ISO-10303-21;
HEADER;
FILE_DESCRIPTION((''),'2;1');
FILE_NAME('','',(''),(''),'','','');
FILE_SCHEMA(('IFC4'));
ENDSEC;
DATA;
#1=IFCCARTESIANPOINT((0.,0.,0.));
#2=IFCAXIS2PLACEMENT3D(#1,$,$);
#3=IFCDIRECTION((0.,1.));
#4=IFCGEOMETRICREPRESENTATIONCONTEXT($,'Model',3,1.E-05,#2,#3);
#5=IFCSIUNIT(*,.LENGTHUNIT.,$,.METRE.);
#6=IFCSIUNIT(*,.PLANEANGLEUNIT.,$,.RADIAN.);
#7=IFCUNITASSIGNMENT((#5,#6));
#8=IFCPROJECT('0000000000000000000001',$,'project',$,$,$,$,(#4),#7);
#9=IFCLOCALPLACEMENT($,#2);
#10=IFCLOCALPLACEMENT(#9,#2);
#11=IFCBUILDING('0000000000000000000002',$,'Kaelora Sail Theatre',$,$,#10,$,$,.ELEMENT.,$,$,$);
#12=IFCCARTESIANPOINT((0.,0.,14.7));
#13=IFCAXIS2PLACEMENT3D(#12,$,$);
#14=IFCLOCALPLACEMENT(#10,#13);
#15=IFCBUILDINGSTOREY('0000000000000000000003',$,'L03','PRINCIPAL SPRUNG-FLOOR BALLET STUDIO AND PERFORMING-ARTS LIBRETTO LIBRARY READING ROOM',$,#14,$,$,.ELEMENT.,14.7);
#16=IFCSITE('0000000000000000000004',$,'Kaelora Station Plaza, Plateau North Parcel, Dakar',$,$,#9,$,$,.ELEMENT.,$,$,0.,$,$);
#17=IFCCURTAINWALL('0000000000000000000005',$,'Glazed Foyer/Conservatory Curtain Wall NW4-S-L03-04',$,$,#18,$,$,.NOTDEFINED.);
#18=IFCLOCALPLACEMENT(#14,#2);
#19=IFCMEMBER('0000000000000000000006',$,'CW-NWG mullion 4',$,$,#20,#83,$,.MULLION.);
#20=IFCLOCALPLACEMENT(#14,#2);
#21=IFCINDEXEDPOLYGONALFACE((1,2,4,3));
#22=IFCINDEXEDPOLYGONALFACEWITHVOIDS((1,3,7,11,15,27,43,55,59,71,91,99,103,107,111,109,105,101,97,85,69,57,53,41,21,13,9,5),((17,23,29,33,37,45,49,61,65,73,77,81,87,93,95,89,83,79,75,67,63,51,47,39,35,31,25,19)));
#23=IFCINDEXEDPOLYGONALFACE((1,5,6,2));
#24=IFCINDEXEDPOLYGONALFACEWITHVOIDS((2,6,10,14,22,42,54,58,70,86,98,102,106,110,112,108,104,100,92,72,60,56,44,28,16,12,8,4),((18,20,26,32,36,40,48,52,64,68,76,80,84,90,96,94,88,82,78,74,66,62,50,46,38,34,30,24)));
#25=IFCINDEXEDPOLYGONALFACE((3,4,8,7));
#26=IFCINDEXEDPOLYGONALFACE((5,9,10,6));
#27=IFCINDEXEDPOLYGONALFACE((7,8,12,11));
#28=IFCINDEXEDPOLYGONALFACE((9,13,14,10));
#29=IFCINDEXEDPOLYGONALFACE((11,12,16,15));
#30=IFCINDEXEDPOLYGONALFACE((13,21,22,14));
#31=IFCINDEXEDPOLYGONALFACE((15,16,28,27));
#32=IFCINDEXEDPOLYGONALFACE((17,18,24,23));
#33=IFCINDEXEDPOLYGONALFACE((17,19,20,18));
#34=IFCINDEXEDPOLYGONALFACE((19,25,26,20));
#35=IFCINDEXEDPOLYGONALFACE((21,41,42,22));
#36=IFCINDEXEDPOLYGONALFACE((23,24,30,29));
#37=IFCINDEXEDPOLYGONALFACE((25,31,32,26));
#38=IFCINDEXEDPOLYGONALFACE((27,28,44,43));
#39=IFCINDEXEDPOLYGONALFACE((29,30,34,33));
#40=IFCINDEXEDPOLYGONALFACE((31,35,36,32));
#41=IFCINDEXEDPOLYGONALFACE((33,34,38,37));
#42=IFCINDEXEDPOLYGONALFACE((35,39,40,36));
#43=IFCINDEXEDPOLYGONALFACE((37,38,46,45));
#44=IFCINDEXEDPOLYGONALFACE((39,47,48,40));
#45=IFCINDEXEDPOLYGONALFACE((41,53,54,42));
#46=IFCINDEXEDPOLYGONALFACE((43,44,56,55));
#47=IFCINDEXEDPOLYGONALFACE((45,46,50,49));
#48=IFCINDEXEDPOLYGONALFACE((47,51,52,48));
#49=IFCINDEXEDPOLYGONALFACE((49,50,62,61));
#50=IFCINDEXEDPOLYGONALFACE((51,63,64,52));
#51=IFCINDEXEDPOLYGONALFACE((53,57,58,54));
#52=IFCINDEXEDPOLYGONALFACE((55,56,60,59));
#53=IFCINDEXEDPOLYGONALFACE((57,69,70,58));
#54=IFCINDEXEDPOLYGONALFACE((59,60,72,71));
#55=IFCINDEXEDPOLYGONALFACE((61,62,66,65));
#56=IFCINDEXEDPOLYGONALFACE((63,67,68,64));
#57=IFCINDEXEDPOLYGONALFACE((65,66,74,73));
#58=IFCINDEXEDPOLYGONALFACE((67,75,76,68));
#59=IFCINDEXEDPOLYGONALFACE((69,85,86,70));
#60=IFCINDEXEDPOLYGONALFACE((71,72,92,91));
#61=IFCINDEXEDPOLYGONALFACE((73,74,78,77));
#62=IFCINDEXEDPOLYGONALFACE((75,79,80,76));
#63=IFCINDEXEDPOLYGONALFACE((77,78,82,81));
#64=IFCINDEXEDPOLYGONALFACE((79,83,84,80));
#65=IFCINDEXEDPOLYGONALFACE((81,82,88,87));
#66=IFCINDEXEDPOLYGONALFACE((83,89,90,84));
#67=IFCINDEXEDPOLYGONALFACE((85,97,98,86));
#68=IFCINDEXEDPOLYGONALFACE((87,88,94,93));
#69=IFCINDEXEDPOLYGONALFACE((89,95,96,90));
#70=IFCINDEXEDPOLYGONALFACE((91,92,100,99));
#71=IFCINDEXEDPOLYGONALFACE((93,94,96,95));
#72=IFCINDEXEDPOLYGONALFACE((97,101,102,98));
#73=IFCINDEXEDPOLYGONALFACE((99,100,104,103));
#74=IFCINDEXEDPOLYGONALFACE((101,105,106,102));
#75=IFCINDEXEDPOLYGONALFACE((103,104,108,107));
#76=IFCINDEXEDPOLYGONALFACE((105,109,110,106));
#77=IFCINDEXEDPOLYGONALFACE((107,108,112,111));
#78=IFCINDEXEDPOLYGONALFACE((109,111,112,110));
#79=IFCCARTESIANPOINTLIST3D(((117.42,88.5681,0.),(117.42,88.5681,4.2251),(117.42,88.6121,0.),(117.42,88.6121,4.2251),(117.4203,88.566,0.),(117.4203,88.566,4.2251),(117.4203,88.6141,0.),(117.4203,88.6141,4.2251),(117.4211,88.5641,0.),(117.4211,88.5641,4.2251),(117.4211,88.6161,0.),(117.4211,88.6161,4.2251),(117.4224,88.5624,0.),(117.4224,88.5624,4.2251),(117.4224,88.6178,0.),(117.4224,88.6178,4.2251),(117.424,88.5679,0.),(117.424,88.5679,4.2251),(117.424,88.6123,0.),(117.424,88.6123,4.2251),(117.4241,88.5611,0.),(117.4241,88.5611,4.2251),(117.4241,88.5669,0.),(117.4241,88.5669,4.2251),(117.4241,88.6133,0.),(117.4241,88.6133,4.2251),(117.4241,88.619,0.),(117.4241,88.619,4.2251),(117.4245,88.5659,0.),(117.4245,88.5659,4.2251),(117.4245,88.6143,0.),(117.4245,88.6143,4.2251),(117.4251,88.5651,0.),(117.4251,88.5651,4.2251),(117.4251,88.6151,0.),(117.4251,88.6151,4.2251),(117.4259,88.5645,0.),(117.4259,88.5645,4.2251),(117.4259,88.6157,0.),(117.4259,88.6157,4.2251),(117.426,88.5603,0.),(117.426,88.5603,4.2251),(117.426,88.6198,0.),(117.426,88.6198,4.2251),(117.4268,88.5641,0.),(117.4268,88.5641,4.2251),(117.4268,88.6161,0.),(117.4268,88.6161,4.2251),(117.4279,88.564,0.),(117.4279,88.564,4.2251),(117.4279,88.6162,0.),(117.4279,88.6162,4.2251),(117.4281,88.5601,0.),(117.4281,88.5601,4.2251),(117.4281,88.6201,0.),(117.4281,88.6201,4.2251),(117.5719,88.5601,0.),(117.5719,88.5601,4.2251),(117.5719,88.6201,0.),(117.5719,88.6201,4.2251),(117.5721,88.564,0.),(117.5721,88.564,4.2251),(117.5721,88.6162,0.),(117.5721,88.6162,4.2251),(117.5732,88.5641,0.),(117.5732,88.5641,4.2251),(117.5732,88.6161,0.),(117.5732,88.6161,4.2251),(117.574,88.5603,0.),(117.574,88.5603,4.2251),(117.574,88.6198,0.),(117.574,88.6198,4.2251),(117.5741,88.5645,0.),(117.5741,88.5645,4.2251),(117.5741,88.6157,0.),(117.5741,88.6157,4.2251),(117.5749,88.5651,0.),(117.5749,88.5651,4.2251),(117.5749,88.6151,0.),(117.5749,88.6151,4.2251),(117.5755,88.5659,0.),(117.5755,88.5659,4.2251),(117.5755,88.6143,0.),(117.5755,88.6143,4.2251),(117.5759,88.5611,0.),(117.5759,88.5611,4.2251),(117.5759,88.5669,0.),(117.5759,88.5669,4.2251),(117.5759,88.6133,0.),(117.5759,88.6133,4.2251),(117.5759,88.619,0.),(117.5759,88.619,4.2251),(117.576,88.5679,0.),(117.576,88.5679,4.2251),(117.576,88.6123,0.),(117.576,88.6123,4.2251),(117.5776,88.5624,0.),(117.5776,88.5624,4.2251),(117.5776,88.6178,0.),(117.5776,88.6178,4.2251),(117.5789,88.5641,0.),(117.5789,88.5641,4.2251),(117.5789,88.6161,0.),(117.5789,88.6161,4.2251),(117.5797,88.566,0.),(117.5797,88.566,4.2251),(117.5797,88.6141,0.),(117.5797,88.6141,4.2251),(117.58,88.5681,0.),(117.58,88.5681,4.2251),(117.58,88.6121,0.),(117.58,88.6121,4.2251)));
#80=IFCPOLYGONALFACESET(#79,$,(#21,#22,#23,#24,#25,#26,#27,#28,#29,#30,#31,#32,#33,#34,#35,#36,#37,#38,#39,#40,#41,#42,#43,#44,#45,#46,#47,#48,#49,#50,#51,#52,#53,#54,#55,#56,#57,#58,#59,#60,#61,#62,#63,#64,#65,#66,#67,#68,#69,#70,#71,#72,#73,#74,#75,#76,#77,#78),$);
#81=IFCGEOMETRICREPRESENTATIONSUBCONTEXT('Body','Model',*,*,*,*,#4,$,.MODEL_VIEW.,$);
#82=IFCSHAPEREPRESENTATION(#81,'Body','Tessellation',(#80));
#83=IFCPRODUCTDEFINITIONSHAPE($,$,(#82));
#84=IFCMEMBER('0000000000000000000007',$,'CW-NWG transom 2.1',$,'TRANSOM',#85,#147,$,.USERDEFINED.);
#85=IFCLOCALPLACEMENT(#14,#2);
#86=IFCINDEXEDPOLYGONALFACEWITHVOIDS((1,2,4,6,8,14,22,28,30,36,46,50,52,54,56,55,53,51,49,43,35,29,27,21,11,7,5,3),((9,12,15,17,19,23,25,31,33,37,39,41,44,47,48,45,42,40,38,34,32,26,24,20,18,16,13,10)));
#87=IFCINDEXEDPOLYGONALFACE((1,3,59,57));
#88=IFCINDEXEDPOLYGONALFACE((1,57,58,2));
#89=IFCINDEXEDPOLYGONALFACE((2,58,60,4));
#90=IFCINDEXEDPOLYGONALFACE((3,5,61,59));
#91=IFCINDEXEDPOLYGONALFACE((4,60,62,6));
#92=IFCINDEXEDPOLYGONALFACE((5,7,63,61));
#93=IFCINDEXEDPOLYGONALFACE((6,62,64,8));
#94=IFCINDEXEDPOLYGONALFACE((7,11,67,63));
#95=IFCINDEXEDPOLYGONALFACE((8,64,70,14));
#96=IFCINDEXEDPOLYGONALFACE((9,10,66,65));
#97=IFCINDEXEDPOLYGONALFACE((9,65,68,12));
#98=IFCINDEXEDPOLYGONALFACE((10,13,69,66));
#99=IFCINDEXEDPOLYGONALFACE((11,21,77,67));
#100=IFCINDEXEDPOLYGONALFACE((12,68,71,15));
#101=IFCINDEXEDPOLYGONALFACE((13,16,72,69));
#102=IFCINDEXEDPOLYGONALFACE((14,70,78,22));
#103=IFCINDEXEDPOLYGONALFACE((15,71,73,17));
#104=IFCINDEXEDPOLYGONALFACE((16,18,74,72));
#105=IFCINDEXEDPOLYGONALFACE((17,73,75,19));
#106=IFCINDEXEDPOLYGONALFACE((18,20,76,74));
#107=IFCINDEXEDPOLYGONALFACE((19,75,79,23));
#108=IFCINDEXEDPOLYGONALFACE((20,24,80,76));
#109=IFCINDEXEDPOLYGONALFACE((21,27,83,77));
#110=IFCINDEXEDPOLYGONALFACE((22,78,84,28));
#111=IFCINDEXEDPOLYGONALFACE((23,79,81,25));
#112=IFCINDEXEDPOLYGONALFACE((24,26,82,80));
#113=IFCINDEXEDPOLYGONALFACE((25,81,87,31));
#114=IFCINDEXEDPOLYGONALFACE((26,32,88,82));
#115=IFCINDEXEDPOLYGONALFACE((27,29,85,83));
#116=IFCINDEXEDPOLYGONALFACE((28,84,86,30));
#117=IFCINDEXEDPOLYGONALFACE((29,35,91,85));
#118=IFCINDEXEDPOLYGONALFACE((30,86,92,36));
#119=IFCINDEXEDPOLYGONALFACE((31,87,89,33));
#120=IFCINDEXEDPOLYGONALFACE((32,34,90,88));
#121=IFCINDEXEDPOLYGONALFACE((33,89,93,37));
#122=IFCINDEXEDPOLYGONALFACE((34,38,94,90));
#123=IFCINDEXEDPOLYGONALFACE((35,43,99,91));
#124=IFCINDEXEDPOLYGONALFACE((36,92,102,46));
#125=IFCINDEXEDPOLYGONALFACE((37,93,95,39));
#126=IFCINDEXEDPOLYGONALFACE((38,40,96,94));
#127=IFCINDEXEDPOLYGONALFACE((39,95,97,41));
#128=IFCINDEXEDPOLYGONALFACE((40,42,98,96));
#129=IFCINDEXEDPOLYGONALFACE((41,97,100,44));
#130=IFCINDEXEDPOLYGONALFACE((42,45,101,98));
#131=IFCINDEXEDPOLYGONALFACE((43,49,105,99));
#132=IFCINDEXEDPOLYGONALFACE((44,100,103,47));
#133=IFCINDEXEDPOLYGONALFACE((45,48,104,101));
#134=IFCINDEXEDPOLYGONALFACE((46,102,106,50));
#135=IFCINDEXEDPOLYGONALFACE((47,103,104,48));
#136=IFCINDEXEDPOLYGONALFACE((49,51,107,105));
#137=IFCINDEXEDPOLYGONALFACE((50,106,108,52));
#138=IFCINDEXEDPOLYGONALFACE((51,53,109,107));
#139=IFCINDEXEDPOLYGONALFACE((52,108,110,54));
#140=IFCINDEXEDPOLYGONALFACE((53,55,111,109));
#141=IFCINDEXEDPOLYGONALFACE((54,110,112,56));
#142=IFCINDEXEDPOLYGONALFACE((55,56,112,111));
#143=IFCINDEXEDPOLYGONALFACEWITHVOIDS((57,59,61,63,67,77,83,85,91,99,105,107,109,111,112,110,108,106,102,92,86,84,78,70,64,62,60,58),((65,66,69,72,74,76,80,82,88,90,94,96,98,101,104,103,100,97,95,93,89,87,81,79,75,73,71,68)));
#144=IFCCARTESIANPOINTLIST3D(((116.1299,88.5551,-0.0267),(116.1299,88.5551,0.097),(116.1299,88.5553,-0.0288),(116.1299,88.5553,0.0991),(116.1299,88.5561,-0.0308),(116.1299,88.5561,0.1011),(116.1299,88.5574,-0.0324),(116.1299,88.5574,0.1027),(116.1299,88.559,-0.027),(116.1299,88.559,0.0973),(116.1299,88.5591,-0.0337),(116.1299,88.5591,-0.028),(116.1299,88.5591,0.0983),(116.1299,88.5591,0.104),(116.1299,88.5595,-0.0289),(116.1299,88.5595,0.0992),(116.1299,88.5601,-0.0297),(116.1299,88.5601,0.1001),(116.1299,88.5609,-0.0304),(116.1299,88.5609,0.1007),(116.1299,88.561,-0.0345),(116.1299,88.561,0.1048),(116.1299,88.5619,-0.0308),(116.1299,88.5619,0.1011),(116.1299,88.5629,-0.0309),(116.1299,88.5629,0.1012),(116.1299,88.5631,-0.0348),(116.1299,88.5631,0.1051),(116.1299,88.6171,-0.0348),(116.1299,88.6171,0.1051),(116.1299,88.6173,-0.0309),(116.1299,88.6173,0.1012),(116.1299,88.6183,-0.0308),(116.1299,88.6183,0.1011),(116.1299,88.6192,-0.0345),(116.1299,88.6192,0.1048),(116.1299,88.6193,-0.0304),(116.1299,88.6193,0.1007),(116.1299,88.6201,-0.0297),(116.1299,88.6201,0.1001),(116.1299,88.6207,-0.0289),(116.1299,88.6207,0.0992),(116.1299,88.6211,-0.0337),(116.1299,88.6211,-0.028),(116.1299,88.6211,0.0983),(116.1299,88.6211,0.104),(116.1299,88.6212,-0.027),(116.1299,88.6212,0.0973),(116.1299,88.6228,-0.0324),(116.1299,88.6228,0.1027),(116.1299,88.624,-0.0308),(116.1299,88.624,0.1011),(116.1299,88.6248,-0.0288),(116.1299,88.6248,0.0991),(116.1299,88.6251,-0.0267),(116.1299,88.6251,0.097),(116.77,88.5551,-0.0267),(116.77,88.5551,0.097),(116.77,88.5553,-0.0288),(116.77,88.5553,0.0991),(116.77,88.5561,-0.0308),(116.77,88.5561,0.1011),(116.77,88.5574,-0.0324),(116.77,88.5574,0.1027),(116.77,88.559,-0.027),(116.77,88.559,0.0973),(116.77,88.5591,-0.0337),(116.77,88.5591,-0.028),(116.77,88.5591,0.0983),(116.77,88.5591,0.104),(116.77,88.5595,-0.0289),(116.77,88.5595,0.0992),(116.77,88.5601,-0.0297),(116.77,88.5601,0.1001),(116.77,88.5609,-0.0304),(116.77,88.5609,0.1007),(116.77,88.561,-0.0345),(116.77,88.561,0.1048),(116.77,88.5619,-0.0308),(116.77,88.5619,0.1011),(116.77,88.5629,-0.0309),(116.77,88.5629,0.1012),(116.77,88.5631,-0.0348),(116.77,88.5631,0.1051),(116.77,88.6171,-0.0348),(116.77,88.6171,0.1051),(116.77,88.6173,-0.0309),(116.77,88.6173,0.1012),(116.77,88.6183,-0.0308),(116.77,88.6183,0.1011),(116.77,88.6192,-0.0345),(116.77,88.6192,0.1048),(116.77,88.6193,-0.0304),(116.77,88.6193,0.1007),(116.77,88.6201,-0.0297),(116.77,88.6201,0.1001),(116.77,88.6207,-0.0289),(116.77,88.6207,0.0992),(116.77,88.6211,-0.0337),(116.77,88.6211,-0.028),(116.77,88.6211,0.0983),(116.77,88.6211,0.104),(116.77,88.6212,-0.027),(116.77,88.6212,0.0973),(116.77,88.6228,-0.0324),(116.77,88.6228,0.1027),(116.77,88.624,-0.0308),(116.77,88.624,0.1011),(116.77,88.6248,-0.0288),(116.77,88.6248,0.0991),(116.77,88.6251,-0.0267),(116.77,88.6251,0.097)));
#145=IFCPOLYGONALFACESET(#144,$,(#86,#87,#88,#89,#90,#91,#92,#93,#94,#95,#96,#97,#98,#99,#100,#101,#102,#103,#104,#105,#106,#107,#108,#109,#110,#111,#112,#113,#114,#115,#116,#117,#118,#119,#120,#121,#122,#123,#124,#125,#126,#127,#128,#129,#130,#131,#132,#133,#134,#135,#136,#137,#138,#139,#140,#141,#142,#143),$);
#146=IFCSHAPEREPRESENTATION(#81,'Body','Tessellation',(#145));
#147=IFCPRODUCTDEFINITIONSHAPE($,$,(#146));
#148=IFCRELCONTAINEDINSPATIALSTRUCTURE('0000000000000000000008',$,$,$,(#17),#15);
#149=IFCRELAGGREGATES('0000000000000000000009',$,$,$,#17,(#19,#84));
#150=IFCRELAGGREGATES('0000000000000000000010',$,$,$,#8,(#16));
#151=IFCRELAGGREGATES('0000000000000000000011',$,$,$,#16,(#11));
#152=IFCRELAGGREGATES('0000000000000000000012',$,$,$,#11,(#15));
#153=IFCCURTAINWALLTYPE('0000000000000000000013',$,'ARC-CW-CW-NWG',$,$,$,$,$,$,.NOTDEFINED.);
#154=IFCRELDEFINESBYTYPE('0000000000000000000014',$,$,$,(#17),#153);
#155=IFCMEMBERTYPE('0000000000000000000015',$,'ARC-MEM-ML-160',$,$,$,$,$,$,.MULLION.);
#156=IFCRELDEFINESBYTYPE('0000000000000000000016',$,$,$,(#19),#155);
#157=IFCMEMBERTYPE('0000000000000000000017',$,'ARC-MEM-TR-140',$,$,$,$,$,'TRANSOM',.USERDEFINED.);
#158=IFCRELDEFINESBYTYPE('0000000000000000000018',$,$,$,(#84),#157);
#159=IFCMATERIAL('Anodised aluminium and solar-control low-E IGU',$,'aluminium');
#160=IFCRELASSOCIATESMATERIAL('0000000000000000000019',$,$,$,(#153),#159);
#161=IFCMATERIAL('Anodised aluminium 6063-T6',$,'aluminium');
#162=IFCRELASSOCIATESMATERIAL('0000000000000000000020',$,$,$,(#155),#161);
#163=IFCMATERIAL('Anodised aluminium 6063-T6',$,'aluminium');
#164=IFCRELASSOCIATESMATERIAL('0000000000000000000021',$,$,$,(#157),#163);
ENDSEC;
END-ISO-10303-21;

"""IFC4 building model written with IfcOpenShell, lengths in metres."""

from ifc_helpers import new_model, si_unit, direction, frame, origin, origin_2d, place, context, subcontext, project, spatial, hollow_rectangle, extrude, material, material_profile, profile_set, type_object, element, aggregate, save


model = new_model("IFC4")

# Units and contexts
model_context = context("Model", 3, precision=1e-05, world=origin(), true_north=direction((0.0, 1.0)))
body_context = subcontext(model_context, "Body", "Model", "MODEL_VIEW")
ifc_project = project(units=[si_unit("LENGTHUNIT", "METRE"), si_unit("PLANEANGLEUNIT", "RADIAN")], contexts=[model_context])

# Site, building, storey
site_placement = place(None, origin())
site = spatial("IfcSite", under=ifc_project, at=site_placement, Name="Kaelora Station Plaza, Plateau North Parcel, Dakar", CompositionType="ELEMENT", RefElevation=0.0)
building_placement = place(site_placement, origin())
building = spatial("IfcBuilding", under=site, at=building_placement, Name="Kaelora Sail Theatre", CompositionType="ELEMENT")
storey_placement = place(building_placement, frame((0.0, 0.0, 14.7)))
storey = spatial("IfcBuildingStorey", under=building, at=storey_placement, Name="L03", Description="PRINCIPAL SPRUNG-FLOOR BALLET STUDIO AND PERFORMING-ARTS LIBRETTO LIBRARY READING ROOM", CompositionType="ELEMENT", Elevation=14.7)

# Curtain wall, members
ifc_material_1 = material(Name="Anodised aluminium and solar-control low-E IGU", Category="aluminium")
curtain_wall_type = type_object("IfcCurtainWallType", Name="ARC-CW-CW-NWG", PredefinedType="NOTDEFINED", material=ifc_material_1)
curtain_wall_placement = place(storey_placement, origin())
curtain_wall = element("IfcCurtainWall", 1, at=curtain_wall_placement, inside=storey, type_object=curtain_wall_type, Name="Glazed Foyer/Conservatory Curtain Wall NW4-S-L03-04", PredefinedType="NOTDEFINED")
ifc_material_2 = material(Name="Anodised aluminium 6063-T6", Category="aluminium")
ifc_material_profile_1 = material_profile(ifc_material_2, hollow_rectangle(XDim=0.0601, YDim=0.1599, WallThickness=0.0039, InnerFilletRadius=0.0039, OuterFilletRadius=0.0081, at=origin_2d()), Name="ALU-MULL 60x160x4")
ifc_profile_set_1 = profile_set([ifc_material_profile_1], Name="Anodised aluminium 6063-T6")
member_type_1 = type_object("IfcMemberType", Name="ARC-MEM-ML-160", PredefinedType="MULLION", material=ifc_profile_set_1)
member_1_placement = place(storey_placement, frame((117.5, 88.5901, 0.0), z_axis=(0.0, 0.0, 1.0), x_axis=(0.0, 1.0, 0.0)))
member_1 = element("IfcMember", 2, at=member_1_placement, type_object=member_type_1, Name="CW-NWG mullion 4", PredefinedType="MULLION", context=body_context, shape_type="SweptSolid", body=[
    extrude(hollow_rectangle(XDim=0.0601, YDim=0.1599, WallThickness=0.0039, InnerFilletRadius=0.0039, OuterFilletRadius=0.0081, at=origin_2d()), origin(), (0.0, 0.0, 1.0), 4.2251),
])
ifc_material_3 = material(Name="Anodised aluminium 6063-T6", Category="aluminium")
ifc_material_profile_2 = material_profile(ifc_material_3, hollow_rectangle(XDim=0.0701, YDim=0.1399, WallThickness=0.0039, InnerFilletRadius=0.0039, OuterFilletRadius=0.0081, at=origin_2d()), Name="ALU-TRAN 70x140x4")
ifc_profile_set_2 = profile_set([ifc_material_profile_2], Name="Anodised aluminium 6063-T6")
member_type_2 = type_object("IfcMemberType", Name="ARC-MEM-TR-140", ElementType="TRANSOM", PredefinedType="USERDEFINED", material=ifc_profile_set_2)
member_2_placement = place(storey_placement, frame((116.1299, 88.5901, 0.0352), z_axis=(1.0, 0.0, 0.0), x_axis=(0.0, 1.0, 0.0)))
member_2 = element("IfcMember", 3, at=member_2_placement, type_object=member_type_2, Name="CW-NWG transom 2.1", ObjectType="TRANSOM", PredefinedType="USERDEFINED", context=body_context, shape_type="SweptSolid", body=[
    extrude(hollow_rectangle(XDim=0.0701, YDim=0.1399, WallThickness=0.0039, InnerFilletRadius=0.0039, OuterFilletRadius=0.0081, at=origin_2d()), origin(), (0.0, 0.0, 1.0), 0.6401),
])
aggregate(curtain_wall, [member_1, member_2])

save(model, "model.ifc")
